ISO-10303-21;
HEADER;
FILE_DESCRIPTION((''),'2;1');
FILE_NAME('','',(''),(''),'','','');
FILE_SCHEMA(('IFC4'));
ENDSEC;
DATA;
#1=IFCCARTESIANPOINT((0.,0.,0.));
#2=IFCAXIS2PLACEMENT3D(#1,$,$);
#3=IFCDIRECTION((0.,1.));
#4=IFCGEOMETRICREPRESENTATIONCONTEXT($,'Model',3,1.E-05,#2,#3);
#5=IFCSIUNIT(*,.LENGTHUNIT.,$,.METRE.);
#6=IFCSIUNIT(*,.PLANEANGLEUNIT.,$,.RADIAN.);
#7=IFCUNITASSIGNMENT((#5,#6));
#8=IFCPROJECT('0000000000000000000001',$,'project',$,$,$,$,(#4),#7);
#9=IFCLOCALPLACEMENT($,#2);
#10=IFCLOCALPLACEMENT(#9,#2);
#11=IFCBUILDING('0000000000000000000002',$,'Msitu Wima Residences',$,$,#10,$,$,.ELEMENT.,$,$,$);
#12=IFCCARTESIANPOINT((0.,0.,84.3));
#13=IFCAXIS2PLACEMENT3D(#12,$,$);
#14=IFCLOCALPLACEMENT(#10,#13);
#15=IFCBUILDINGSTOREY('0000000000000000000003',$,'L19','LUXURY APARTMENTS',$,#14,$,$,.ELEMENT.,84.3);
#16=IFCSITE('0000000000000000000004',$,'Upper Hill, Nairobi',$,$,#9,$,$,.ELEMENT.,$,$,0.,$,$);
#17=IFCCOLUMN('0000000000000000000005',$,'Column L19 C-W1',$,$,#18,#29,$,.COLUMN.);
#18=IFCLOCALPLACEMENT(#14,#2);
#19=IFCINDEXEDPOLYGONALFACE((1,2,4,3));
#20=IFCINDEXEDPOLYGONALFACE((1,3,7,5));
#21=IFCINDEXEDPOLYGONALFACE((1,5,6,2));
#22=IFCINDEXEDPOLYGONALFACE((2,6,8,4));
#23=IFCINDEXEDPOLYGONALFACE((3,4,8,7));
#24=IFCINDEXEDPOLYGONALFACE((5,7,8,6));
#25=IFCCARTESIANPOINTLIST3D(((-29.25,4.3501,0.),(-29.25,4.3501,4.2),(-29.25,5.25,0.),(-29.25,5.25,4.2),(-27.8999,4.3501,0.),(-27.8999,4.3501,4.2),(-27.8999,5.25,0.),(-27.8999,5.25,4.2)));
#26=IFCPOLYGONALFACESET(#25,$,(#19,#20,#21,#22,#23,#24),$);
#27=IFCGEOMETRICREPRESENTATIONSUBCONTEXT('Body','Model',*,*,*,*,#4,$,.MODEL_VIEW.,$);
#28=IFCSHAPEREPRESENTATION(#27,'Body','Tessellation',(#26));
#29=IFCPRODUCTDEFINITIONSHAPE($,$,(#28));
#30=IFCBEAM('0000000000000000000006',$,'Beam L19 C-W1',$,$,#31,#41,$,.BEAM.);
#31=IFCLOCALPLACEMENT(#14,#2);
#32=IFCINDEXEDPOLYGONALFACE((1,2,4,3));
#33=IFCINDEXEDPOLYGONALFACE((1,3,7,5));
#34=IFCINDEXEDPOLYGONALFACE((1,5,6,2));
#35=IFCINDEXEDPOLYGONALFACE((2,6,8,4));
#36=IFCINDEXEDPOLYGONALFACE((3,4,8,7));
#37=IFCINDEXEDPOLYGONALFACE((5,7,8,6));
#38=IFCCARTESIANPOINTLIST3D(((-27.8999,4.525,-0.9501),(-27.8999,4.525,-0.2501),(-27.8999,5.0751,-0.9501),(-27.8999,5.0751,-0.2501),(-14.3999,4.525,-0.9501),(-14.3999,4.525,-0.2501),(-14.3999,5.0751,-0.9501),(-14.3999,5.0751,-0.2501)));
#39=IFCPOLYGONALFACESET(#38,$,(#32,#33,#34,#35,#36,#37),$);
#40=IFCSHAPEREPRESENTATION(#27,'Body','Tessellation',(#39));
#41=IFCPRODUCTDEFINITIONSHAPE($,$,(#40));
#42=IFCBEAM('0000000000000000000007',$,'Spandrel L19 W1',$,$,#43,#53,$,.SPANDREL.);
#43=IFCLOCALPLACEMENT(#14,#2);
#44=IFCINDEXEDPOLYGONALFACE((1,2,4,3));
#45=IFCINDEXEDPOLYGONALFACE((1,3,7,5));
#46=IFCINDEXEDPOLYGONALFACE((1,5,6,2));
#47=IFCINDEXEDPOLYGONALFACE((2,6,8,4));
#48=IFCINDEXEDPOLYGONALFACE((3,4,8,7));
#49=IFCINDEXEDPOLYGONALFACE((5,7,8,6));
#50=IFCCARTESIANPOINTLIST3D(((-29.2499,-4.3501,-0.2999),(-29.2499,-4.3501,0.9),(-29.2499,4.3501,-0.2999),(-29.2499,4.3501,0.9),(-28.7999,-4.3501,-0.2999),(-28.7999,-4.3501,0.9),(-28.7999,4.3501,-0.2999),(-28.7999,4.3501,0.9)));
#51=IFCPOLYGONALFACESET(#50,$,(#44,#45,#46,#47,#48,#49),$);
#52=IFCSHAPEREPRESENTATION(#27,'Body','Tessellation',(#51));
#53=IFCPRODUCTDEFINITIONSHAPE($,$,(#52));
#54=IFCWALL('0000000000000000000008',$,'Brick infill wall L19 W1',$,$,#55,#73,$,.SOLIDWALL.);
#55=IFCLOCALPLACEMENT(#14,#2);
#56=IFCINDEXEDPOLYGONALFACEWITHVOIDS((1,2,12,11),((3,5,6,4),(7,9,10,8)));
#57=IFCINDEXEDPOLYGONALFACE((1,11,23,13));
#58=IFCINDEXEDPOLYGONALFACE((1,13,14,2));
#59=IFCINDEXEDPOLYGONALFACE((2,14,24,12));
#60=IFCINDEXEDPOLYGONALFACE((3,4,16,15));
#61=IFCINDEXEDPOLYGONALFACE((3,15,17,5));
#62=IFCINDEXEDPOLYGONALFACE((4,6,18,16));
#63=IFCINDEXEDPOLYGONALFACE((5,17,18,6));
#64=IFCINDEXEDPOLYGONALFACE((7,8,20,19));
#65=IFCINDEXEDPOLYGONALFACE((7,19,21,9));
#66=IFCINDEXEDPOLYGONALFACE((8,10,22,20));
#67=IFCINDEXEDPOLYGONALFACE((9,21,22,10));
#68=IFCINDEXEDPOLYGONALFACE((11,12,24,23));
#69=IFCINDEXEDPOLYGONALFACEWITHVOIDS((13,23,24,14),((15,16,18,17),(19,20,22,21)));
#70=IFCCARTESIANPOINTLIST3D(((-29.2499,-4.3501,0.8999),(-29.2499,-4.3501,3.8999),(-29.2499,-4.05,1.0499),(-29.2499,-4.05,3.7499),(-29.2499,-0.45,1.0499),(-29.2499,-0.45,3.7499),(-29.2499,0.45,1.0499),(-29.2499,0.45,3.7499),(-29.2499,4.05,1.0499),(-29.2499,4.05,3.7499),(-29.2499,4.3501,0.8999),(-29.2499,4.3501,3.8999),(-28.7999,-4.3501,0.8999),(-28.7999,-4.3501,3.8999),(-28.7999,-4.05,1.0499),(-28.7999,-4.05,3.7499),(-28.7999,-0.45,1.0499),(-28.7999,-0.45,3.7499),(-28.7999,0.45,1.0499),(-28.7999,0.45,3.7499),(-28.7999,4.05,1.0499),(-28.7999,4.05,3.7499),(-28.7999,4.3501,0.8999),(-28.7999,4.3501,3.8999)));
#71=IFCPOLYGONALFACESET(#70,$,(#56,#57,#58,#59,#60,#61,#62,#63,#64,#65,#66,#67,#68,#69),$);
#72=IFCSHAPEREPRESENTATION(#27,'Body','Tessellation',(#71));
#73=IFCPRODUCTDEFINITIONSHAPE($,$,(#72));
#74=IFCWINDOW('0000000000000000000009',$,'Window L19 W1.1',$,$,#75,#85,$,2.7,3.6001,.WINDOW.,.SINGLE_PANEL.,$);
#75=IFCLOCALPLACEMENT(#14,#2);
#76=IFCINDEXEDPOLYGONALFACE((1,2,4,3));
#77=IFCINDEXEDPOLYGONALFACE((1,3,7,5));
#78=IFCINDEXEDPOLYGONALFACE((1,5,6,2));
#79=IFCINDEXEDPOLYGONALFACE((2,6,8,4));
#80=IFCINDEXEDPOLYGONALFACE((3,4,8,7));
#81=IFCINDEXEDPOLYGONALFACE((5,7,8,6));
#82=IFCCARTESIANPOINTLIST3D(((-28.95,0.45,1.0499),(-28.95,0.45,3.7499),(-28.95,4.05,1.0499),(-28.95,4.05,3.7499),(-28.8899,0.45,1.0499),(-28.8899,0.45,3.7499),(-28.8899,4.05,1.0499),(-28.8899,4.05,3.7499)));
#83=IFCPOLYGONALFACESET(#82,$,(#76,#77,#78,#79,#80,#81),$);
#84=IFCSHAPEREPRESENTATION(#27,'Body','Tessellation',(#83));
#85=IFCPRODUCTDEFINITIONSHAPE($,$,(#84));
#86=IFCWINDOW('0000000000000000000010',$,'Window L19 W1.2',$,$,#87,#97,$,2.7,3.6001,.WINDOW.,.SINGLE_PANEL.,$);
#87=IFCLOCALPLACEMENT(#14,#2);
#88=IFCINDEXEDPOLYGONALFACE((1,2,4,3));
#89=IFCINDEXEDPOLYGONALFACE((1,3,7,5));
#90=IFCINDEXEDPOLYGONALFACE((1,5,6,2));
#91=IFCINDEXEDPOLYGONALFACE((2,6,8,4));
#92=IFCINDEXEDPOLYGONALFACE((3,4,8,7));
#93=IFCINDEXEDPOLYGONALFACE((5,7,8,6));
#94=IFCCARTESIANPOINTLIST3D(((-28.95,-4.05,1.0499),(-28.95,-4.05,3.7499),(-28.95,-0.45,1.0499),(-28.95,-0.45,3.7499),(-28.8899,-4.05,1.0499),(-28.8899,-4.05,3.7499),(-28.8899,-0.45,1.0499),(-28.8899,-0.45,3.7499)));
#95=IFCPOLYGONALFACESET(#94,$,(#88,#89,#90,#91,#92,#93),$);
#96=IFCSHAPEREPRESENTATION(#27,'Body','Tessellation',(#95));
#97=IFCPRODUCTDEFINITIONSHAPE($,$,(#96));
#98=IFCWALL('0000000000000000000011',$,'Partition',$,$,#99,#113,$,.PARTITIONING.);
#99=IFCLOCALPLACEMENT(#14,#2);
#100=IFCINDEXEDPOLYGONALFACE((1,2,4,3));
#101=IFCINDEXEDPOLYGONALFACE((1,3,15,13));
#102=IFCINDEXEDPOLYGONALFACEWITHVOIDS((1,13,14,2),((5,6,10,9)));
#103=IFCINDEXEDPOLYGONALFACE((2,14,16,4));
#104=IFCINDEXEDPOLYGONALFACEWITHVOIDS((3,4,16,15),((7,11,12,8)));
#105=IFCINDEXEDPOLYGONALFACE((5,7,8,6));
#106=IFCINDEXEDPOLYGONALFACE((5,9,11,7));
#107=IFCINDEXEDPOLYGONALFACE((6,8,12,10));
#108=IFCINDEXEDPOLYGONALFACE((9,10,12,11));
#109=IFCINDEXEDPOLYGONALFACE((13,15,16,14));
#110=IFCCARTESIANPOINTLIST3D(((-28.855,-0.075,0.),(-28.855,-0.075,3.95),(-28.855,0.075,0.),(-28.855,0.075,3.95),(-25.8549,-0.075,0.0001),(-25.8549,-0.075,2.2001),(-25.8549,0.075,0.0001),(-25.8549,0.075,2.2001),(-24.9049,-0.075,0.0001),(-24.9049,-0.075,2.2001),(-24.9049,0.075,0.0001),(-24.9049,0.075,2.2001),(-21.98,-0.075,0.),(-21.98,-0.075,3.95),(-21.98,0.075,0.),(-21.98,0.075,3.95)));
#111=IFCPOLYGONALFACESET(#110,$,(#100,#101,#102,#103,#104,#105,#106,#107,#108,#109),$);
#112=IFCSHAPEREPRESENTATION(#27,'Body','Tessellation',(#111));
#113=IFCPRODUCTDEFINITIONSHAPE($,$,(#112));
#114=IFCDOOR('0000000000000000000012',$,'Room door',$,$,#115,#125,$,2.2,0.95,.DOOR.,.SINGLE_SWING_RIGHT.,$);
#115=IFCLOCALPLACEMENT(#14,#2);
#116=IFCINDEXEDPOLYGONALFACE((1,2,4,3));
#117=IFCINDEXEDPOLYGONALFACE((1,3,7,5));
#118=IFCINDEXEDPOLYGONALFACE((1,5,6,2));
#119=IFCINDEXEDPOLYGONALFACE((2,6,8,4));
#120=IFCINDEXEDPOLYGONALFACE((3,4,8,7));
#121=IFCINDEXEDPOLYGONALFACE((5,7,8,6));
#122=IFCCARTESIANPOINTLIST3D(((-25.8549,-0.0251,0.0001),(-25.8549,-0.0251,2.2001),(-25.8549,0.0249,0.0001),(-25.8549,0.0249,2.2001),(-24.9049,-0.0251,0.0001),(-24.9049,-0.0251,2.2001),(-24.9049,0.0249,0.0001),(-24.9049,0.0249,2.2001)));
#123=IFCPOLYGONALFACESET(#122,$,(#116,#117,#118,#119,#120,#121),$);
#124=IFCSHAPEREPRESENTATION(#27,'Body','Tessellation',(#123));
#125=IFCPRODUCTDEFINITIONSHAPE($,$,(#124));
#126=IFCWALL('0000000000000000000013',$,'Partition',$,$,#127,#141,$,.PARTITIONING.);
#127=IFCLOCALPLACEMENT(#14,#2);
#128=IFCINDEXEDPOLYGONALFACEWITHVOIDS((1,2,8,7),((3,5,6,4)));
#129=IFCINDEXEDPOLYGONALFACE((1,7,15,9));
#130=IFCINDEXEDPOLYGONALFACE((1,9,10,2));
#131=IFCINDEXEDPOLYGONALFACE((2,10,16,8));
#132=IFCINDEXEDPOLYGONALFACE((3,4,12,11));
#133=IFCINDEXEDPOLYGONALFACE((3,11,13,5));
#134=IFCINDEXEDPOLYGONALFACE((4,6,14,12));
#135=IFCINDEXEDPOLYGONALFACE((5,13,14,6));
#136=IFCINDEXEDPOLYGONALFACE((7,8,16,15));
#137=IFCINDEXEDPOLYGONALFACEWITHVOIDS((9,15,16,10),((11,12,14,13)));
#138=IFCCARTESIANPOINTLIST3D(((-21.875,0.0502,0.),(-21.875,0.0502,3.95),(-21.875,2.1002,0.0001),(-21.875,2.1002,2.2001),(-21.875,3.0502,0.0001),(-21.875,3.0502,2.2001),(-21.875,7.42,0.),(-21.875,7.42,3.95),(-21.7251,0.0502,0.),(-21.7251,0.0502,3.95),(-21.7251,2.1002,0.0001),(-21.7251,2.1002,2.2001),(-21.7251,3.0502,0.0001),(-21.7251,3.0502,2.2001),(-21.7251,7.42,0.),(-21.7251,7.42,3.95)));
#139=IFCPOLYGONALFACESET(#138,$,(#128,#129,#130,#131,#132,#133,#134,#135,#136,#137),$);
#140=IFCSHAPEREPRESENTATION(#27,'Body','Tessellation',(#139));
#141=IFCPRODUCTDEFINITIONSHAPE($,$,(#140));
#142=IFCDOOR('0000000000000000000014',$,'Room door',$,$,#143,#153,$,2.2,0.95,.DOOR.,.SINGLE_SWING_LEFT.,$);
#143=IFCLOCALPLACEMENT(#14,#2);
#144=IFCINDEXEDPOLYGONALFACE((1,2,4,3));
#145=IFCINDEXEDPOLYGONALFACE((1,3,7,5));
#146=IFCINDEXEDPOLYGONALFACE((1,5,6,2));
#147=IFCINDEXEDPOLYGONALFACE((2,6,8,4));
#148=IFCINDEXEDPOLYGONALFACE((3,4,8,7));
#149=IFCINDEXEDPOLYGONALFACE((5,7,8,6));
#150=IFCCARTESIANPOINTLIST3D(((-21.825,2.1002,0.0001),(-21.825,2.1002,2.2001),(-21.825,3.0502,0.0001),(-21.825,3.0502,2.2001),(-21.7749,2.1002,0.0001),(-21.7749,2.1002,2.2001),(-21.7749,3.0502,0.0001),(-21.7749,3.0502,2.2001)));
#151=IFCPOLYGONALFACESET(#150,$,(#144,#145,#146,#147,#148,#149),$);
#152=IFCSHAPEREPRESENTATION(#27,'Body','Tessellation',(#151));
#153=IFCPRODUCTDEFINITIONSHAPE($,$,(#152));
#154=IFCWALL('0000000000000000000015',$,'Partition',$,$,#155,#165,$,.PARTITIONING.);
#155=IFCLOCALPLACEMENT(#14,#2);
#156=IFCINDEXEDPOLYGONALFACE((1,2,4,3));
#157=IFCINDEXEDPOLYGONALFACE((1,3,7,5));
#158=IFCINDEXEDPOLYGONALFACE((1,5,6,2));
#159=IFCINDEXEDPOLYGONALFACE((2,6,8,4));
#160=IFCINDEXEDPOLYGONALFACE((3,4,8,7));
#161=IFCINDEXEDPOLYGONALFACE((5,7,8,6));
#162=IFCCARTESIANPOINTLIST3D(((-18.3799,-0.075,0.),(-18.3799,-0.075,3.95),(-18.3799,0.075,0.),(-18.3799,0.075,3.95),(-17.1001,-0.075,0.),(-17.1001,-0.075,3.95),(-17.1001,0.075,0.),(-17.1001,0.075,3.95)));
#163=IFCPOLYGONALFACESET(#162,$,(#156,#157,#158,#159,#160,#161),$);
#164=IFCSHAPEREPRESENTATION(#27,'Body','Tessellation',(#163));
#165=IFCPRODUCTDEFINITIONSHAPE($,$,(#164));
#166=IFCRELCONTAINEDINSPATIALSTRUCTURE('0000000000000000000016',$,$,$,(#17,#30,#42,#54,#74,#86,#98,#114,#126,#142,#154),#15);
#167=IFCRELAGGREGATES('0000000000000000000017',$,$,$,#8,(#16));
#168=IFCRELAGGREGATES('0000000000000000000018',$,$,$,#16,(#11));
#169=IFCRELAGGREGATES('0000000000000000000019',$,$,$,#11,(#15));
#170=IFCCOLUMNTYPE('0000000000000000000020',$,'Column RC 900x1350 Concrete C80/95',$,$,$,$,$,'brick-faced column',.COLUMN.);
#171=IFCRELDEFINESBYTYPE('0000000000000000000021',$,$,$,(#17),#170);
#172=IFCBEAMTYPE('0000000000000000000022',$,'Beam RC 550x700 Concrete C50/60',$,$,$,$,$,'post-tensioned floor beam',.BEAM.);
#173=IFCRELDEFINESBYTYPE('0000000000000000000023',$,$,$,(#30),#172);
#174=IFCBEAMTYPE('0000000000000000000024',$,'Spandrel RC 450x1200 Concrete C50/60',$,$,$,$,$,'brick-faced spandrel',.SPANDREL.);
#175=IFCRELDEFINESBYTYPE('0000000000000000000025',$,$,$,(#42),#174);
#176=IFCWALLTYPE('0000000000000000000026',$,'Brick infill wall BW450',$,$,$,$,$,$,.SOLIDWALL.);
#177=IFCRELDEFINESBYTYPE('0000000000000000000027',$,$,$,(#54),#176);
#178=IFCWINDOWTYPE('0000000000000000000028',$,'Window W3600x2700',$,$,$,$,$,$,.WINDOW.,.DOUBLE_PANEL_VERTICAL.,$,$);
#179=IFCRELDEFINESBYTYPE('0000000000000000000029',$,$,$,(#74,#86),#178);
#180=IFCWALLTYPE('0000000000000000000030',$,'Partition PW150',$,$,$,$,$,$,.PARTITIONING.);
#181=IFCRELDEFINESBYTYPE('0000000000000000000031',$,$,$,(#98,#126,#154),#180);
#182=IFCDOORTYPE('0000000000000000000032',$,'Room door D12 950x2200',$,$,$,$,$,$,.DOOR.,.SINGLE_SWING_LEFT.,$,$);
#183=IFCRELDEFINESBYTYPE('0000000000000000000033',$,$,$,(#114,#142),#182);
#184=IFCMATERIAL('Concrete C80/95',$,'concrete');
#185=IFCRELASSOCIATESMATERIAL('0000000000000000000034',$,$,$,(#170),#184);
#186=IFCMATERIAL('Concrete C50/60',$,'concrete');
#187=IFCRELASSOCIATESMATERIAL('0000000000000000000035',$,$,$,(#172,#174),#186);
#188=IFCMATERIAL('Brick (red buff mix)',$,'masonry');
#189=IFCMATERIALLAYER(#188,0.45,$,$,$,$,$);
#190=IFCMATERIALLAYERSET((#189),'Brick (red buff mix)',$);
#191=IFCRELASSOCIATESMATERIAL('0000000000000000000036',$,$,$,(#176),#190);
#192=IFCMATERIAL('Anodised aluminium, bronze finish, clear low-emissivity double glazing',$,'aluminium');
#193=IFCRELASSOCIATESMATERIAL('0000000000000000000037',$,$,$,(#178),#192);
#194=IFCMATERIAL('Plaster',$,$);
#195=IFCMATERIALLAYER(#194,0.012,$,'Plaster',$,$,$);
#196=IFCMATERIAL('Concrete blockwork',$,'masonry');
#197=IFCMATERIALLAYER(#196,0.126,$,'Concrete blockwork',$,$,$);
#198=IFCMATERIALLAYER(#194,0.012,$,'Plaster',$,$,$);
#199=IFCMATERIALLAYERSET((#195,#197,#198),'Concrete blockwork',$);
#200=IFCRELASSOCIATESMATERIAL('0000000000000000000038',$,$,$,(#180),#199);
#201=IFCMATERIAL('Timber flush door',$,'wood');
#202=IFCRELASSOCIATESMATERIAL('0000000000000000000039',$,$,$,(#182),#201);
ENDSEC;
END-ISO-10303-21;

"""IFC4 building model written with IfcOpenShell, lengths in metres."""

from ifc_helpers import new_model, si_unit, direction, frame, frame_2d, origin, origin_2d, place, context, subcontext, project, spatial, rectangle, extrude, material, layer, layer_set, material_profile, profile_set, type_object, element, fill, save


model = new_model("IFC4")

# Units and contexts
model_context = context("Model", 3, precision=1e-05, world=origin(), true_north=direction((0.0, 1.0)))
body_context = subcontext(model_context, "Body", "Model", "MODEL_VIEW")
ifc_project = project(units=[si_unit("LENGTHUNIT", "METRE"), si_unit("PLANEANGLEUNIT", "RADIAN")], contexts=[model_context])

# Site, building, storey
site_placement = place(None, origin())
site = spatial("IfcSite", under=ifc_project, at=site_placement, Name="Upper Hill, Nairobi", CompositionType="ELEMENT", RefElevation=0.0)
building_placement = place(site_placement, origin())
building = spatial("IfcBuilding", under=site, at=building_placement, Name="Msitu Wima Residences", CompositionType="ELEMENT")
storey_placement = place(building_placement, frame((0.0, 0.0, 84.3)))
storey = spatial("IfcBuildingStorey", under=building, at=storey_placement, Name="L19", Description="LUXURY APARTMENTS", CompositionType="ELEMENT", Elevation=84.3)

# Column
ifc_material_1 = material(Name="Concrete C80/95", Category="concrete")
ifc_material_profile_1 = material_profile(ifc_material_1, rectangle(XDim=0.8999, YDim=1.3501, at=origin_2d()), Name="RC 900x1350")
ifc_profile_set_1 = profile_set([ifc_material_profile_1], Name="Concrete C80/95")
column_type = type_object("IfcColumnType", Name="Column RC 900x1350 Concrete C80/95", ElementType="brick-faced column", PredefinedType="COLUMN", material=ifc_profile_set_1)
column_placement = place(storey_placement, frame((-28.575, 4.8, 0.0), z_axis=(0.0, 0.0, 1.0), x_axis=(0.0, -1.0, 0.0)))
element("IfcColumn", 1, at=column_placement, inside=storey, type_object=column_type, Name="Column L19 C-W1", PredefinedType="COLUMN", context=body_context, shape_type="SweptSolid", body=[
    extrude(rectangle(XDim=0.8999, YDim=1.3501, at=origin_2d()), origin(), (0.0, 0.0, 1.0), 4.2),
])

# Beams
ifc_material_2 = material(Name="Concrete C50/60", Category="concrete")
ifc_material_profile_2 = material_profile(ifc_material_2, rectangle(XDim=0.55, YDim=0.7, at=origin_2d()), Name="RC 550x700")
ifc_profile_set_2 = profile_set([ifc_material_profile_2], Name="Concrete C50/60")
beam_type_1 = type_object("IfcBeamType", Name="Beam RC 550x700 Concrete C50/60", ElementType="post-tensioned floor beam", PredefinedType="BEAM", material=ifc_profile_set_2)
beam_1_placement = place(storey_placement, frame((-27.8999, 4.8, -0.6001), z_axis=(1.0, 0.0, 0.0), x_axis=(0.0, 1.0, 0.0)))
element("IfcBeam", 2, at=beam_1_placement, inside=storey, type_object=beam_type_1, Name="Beam L19 C-W1", PredefinedType="BEAM", context=body_context, shape_type="SweptSolid", body=[
    extrude(rectangle(XDim=0.55, YDim=0.7, at=origin_2d()), origin(), (0.0, 0.0, 1.0), 13.5),
])
ifc_material_profile_3 = material_profile(ifc_material_2, rectangle(XDim=0.45, YDim=1.2, at=origin_2d()), Name="RC 450x1200")
ifc_profile_set_3 = profile_set([ifc_material_profile_3], Name="Concrete C50/60")
beam_type_2 = type_object("IfcBeamType", Name="Spandrel RC 450x1200 Concrete C50/60", ElementType="brick-faced spandrel", PredefinedType="SPANDREL", material=ifc_profile_set_3)
beam_2_placement = place(storey_placement, frame((-29.0249, 4.3501, 0.3), z_axis=(0.0, -1.0, 0.0), x_axis=(1.0, 0.0, 0.0)))
element("IfcBeam", 3, at=beam_2_placement, inside=storey, type_object=beam_type_2, Name="Spandrel L19 W1", PredefinedType="SPANDREL", context=body_context, shape_type="SweptSolid", body=[
    extrude(rectangle(XDim=0.45, YDim=1.2, at=origin_2d()), origin(), (0.0, 0.0, 1.0), 8.7002),
])

# Wall, openings, windows
ifc_material_3 = material(Name="Brick (red buff mix)", Category="masonry")
ifc_layer_1 = layer(ifc_material_3, 0.45)
ifc_layer_set_1 = layer_set([ifc_layer_1], Name="Brick (red buff mix)")
wall_type_1 = type_object("IfcWallType", Name="Brick infill wall BW450", PredefinedType="SOLIDWALL", material=ifc_layer_set_1)
wall_1_placement = place(storey_placement, frame((-29.0249, 4.3501, 0.8999), z_axis=(0.0, 0.0, 1.0), x_axis=(0.0, -1.0, 0.0)))
wall_1 = element("IfcWall", 4, at=wall_1_placement, inside=storey, type_object=wall_type_1, Name="Brick infill wall L19 W1", PredefinedType="SOLIDWALL", context=body_context, shape_type="SweptSolid", body=[
    extrude(rectangle(XDim=8.7002, YDim=0.45, at=frame_2d((4.3501, 0.0))), origin(), (0.0, 0.0, 1.0), 3.0),
])
opening_1_placement = place(wall_1_placement, frame((0.3, 0.0, 0.1499)))
opening_1 = element("IfcOpeningElement", 5, at=opening_1_placement, cuts=wall_1, PredefinedType="OPENING", context=body_context, shape_type="SweptSolid", body=[
    extrude(rectangle(XDim=3.6001, YDim=2.7, at=frame_2d((1.8, 1.3501))), frame((0.0, 0.2349, 0.0), z_axis=(0.0, -1.0, 0.0), x_axis=(1.0, 0.0, 0.0)), (0.0, 0.0, 1.0), 0.47),
])
opening_2_placement = place(wall_1_placement, frame((4.8, 0.0, 0.1499)))
opening_2 = element("IfcOpeningElement", 6, at=opening_2_placement, cuts=wall_1, PredefinedType="OPENING", context=body_context, shape_type="SweptSolid", body=[
    extrude(rectangle(XDim=3.6001, YDim=2.7, at=frame_2d((1.8, 1.3501))), frame((0.0, 0.2349, 0.0), z_axis=(0.0, -1.0, 0.0), x_axis=(1.0, 0.0, 0.0)), (0.0, 0.0, 1.0), 0.47),
])
ifc_material_4 = material(Name="Anodised aluminium, bronze finish, clear low-emissivity double glazing", Category="aluminium")
window_type = type_object("IfcWindowType", Name="Window W3600x2700", PartitioningType="DOUBLE_PANEL_VERTICAL", PredefinedType="WINDOW", material=ifc_material_4)
window_1_placement = place(opening_1_placement, origin())
window_1 = element("IfcWindow", 7, at=window_1_placement, inside=storey, type_object=window_type, Name="Window L19 W1.1", OverallHeight=2.7, OverallWidth=3.6001, PartitioningType="SINGLE_PANEL", PredefinedType="WINDOW", context=body_context, shape_type="SweptSolid", body=[
    extrude(rectangle(XDim=3.6001, YDim=2.7, at=frame_2d((1.8, 1.3501))), frame((0.0, 0.135, 0.0), z_axis=(0.0, -1.0, 0.0), x_axis=(1.0, 0.0, 0.0)), (0.0, 0.0, 1.0), 0.0601),
])
fill(opening_1, window_1)
window_2_placement = place(opening_2_placement, origin())
window_2 = element("IfcWindow", 8, at=window_2_placement, inside=storey, type_object=window_type, Name="Window L19 W1.2", OverallHeight=2.7, OverallWidth=3.6001, PartitioningType="SINGLE_PANEL", PredefinedType="WINDOW", context=body_context, shape_type="SweptSolid", body=[
    extrude(rectangle(XDim=3.6001, YDim=2.7, at=frame_2d((1.8, 1.3501))), frame((0.0, 0.135, 0.0), z_axis=(0.0, -1.0, 0.0), x_axis=(1.0, 0.0, 0.0)), (0.0, 0.0, 1.0), 0.0601),
])
fill(opening_2, window_2)

# Walls, openings, doors
ifc_material_5 = material(Name="Plaster")
ifc_layer_2 = layer(ifc_material_5, 0.012, Name="Plaster")
ifc_material_6 = material(Name="Concrete blockwork", Category="masonry")
ifc_layer_3 = layer(ifc_material_6, 0.126, Name="Concrete blockwork")
ifc_layer_4 = layer(ifc_material_5, 0.012, Name="Plaster")
ifc_layer_set_2 = layer_set([ifc_layer_2, ifc_layer_3, ifc_layer_4], Name="Concrete blockwork")
wall_type_2 = type_object("IfcWallType", Name="Partition PW150", PredefinedType="PARTITIONING", material=ifc_layer_set_2)
wall_2_placement = place(storey_placement, frame((-28.855, 0.0, 0.0), z_axis=(0.0, 0.0, 1.0), x_axis=(1.0, 0.0, 0.0)))
wall_2 = element("IfcWall", 9, at=wall_2_placement, inside=storey, type_object=wall_type_2, Name="Partition", PredefinedType="PARTITIONING", context=body_context, shape_type="SweptSolid", body=[
    extrude(rectangle(XDim=6.875, YDim=0.1499, at=frame_2d((3.4375, 0.0))), origin(), (0.0, 0.0, 1.0), 3.95),
])
opening_3_placement = place(wall_2_placement, frame((3.0, 0.0, 0.0)))
opening_3 = element("IfcOpeningElement", 10, at=opening_3_placement, cuts=wall_2, PredefinedType="OPENING", context=body_context, shape_type="SweptSolid", body=[
    extrude(rectangle(XDim=0.95, YDim=2.2, at=frame_2d((0.4751, 1.1001))), frame((0.0, 0.085, 0.0), z_axis=(0.0, -1.0, 0.0), x_axis=(1.0, 0.0, 0.0)), (0.0, 0.0, 1.0), 0.1699),
])
ifc_material_7 = material(Name="Timber flush door", Category="wood")
door_type = type_object("IfcDoorType", Name="Room door D12 950x2200", OperationType="SINGLE_SWING_LEFT", PredefinedType="DOOR", material=ifc_material_7)
door_1_placement = place(opening_3_placement, origin())
door_1 = element("IfcDoor", 11, at=door_1_placement, inside=storey, type_object=door_type, Name="Room door", OperationType="SINGLE_SWING_RIGHT", OverallHeight=2.2, OverallWidth=0.95, PredefinedType="DOOR", context=body_context, shape_type="SweptSolid", body=[
    extrude(rectangle(XDim=0.95, YDim=2.2, at=frame_2d((0.4751, 1.1001))), frame((0.0, 0.0249, 0.0), z_axis=(0.0, -1.0, 0.0), x_axis=(1.0, 0.0, 0.0)), (0.0, 0.0, 1.0), 0.05),
])
fill(opening_3, door_1)
wall_3_placement = place(storey_placement, frame((-21.8, 0.05, 0.0), z_axis=(0.0, 0.0, 1.0), x_axis=(0.0, 1.0, 0.0)))
wall_3 = element("IfcWall", 12, at=wall_3_placement, inside=storey, type_object=wall_type_2, Name="Partition", PredefinedType="PARTITIONING", context=body_context, shape_type="SweptSolid", body=[
    extrude(rectangle(XDim=7.3699, YDim=0.1499, at=frame_2d((3.6851, 0.0))), origin(), (0.0, 0.0, 1.0), 3.95),
])
opening_4_placement = place(wall_3_placement, frame((2.05, 0.0, 0.0)))
opening_4 = element("IfcOpeningElement", 13, at=opening_4_placement, cuts=wall_3, PredefinedType="OPENING", context=body_context, shape_type="SweptSolid", body=[
    extrude(rectangle(XDim=0.95, YDim=2.2, at=frame_2d((0.4751, 1.1001))), frame((0.0, 0.085, 0.0), z_axis=(0.0, -1.0, 0.0), x_axis=(1.0, 0.0, 0.0)), (0.0, 0.0, 1.0), 0.1699),
])
door_2_placement = place(opening_4_placement, origin())
door_2 = element("IfcDoor", 14, at=door_2_placement, inside=storey, type_object=door_type, Name="Room door", OperationType="SINGLE_SWING_LEFT", OverallHeight=2.2, OverallWidth=0.95, PredefinedType="DOOR", context=body_context, shape_type="SweptSolid", body=[
    extrude(rectangle(XDim=0.95, YDim=2.2, at=frame_2d((0.4751, 1.1001))), frame((0.0, 0.0249, 0.0), z_axis=(0.0, -1.0, 0.0), x_axis=(1.0, 0.0, 0.0)), (0.0, 0.0, 1.0), 0.05),
])
fill(opening_4, door_2)

# Wall
wall_4_placement = place(storey_placement, frame((-18.3799, 0.0, 0.0), z_axis=(0.0, 0.0, 1.0), x_axis=(1.0, 0.0, 0.0)))
element("IfcWall", 15, at=wall_4_placement, inside=storey, type_object=wall_type_2, Name="Partition", PredefinedType="PARTITIONING", context=body_context, shape_type="SweptSolid", body=[
    extrude(rectangle(XDim=1.2798, YDim=0.1499, at=frame_2d((0.6399, 0.0))), origin(), (0.0, 0.0, 1.0), 3.95),
])

save(model, "model.ifc")
